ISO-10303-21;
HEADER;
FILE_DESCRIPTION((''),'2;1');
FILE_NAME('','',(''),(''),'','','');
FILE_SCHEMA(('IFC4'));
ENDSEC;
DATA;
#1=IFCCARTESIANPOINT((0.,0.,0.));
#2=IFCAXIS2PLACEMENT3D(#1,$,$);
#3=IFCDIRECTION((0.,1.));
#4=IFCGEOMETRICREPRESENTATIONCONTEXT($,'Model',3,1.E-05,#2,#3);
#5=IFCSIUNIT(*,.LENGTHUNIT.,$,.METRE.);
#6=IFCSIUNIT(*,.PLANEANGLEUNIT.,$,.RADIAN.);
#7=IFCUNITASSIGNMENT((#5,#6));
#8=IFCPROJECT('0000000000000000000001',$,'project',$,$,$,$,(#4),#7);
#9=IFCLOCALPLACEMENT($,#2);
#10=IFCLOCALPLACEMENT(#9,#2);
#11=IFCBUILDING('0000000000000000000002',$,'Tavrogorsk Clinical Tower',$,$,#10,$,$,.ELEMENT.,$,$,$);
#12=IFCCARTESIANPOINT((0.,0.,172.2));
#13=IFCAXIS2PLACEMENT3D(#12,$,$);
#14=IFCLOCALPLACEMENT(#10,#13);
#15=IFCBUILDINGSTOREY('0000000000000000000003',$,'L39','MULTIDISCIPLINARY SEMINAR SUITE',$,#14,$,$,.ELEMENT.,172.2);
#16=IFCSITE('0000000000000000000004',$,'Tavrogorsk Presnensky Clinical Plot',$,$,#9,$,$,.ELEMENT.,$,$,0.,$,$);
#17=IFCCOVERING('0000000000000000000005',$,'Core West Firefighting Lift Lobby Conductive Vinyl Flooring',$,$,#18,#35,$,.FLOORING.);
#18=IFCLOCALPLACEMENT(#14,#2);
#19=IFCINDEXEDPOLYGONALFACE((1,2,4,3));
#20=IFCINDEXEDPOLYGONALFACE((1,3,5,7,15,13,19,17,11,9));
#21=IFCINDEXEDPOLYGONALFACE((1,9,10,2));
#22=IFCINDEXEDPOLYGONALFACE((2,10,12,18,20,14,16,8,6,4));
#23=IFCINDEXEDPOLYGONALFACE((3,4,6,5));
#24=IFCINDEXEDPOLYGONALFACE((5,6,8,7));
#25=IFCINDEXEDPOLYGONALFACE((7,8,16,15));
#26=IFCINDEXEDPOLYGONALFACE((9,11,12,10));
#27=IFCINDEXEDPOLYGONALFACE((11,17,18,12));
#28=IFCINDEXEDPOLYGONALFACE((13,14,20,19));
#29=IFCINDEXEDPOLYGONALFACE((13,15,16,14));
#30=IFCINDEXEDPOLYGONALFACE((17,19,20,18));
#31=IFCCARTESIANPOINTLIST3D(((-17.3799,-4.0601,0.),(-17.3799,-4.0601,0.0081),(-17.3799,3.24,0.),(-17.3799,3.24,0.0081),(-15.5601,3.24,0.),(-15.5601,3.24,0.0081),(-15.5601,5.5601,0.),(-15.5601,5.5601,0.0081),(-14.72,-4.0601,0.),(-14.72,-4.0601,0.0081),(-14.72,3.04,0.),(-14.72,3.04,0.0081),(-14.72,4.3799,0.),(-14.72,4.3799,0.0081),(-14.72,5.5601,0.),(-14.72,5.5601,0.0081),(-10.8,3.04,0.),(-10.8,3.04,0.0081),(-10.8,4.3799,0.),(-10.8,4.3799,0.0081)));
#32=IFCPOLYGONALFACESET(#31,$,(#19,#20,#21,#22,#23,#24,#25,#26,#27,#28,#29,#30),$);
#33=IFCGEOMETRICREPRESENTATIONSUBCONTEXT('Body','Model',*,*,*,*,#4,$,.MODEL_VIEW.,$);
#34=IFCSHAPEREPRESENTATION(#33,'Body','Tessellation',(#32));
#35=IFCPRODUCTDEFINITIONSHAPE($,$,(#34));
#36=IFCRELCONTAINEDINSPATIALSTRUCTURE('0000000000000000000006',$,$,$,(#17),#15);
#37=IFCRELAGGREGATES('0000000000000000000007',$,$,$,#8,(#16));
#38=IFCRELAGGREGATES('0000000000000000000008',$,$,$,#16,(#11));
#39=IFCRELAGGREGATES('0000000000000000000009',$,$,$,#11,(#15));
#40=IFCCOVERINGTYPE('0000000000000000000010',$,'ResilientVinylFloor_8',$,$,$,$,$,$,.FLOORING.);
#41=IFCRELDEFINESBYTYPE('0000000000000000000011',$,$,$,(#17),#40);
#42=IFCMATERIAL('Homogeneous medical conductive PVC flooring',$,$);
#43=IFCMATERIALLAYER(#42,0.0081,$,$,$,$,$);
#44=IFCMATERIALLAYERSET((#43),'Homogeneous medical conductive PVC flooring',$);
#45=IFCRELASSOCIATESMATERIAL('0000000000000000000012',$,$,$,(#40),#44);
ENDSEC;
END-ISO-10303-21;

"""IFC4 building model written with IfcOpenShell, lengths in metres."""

from ifc_helpers import new_model, si_unit, direction, frame, origin, place, context, subcontext, project, spatial, polyline, outline, extrude, material, layer, layer_set, type_object, element, save


model = new_model("IFC4")

# Units and contexts
model_context = context("Model", 3, precision=1e-05, world=origin(), true_north=direction((0.0, 1.0)))
body_context = subcontext(model_context, "Body", "Model", "MODEL_VIEW")
ifc_project = project(units=[si_unit("LENGTHUNIT", "METRE"), si_unit("PLANEANGLEUNIT", "RADIAN")], contexts=[model_context])

# Site, building, storey
site_placement = place(None, origin())
site = spatial("IfcSite", under=ifc_project, at=site_placement, Name="Tavrogorsk Presnensky Clinical Plot", CompositionType="ELEMENT", RefElevation=0.0)
building_placement = place(site_placement, origin())
building = spatial("IfcBuilding", under=site, at=building_placement, Name="Tavrogorsk Clinical Tower", CompositionType="ELEMENT")
storey_placement = place(building_placement, frame((0.0, 0.0, 172.2)))
storey = spatial("IfcBuildingStorey", under=building, at=storey_placement, Name="L39", Description="MULTIDISCIPLINARY SEMINAR SUITE", CompositionType="ELEMENT", Elevation=172.2)

# Covering
ifc_material_1 = material(Name="Homogeneous medical conductive PVC flooring")
ifc_layer_1 = layer(ifc_material_1, 0.0081)
ifc_layer_set_1 = layer_set([ifc_layer_1], Name="Homogeneous medical conductive PVC flooring")
covering_type_1 = type_object("IfcCoveringType", Name="ResilientVinylFloor_8", PredefinedType="FLOORING", material=ifc_layer_set_1)
covering_1_placement = place(storey_placement, origin())
element("IfcCovering", 1, at=covering_1_placement, inside=storey, type_object=covering_type_1, Name="Core West Firefighting Lift Lobby Conductive Vinyl Flooring", PredefinedType="FLOORING", context=body_context, shape_type="SweptSolid", body=[
    extrude(outline(polyline([(-14.72, 4.3799), (-10.8, 4.3799), (-10.8, 3.04), (-14.72, 3.04), (-14.72, -4.0601), (-17.3799, -4.0601), (-17.3799, 3.24), (-15.5601, 3.24), (-15.5601, 5.5601), (-14.72, 5.5601), (-14.72, 4.3799)])), origin(), (0.0, 0.0, 1.0), 0.0081),
])

save(model, "model.ifc")
